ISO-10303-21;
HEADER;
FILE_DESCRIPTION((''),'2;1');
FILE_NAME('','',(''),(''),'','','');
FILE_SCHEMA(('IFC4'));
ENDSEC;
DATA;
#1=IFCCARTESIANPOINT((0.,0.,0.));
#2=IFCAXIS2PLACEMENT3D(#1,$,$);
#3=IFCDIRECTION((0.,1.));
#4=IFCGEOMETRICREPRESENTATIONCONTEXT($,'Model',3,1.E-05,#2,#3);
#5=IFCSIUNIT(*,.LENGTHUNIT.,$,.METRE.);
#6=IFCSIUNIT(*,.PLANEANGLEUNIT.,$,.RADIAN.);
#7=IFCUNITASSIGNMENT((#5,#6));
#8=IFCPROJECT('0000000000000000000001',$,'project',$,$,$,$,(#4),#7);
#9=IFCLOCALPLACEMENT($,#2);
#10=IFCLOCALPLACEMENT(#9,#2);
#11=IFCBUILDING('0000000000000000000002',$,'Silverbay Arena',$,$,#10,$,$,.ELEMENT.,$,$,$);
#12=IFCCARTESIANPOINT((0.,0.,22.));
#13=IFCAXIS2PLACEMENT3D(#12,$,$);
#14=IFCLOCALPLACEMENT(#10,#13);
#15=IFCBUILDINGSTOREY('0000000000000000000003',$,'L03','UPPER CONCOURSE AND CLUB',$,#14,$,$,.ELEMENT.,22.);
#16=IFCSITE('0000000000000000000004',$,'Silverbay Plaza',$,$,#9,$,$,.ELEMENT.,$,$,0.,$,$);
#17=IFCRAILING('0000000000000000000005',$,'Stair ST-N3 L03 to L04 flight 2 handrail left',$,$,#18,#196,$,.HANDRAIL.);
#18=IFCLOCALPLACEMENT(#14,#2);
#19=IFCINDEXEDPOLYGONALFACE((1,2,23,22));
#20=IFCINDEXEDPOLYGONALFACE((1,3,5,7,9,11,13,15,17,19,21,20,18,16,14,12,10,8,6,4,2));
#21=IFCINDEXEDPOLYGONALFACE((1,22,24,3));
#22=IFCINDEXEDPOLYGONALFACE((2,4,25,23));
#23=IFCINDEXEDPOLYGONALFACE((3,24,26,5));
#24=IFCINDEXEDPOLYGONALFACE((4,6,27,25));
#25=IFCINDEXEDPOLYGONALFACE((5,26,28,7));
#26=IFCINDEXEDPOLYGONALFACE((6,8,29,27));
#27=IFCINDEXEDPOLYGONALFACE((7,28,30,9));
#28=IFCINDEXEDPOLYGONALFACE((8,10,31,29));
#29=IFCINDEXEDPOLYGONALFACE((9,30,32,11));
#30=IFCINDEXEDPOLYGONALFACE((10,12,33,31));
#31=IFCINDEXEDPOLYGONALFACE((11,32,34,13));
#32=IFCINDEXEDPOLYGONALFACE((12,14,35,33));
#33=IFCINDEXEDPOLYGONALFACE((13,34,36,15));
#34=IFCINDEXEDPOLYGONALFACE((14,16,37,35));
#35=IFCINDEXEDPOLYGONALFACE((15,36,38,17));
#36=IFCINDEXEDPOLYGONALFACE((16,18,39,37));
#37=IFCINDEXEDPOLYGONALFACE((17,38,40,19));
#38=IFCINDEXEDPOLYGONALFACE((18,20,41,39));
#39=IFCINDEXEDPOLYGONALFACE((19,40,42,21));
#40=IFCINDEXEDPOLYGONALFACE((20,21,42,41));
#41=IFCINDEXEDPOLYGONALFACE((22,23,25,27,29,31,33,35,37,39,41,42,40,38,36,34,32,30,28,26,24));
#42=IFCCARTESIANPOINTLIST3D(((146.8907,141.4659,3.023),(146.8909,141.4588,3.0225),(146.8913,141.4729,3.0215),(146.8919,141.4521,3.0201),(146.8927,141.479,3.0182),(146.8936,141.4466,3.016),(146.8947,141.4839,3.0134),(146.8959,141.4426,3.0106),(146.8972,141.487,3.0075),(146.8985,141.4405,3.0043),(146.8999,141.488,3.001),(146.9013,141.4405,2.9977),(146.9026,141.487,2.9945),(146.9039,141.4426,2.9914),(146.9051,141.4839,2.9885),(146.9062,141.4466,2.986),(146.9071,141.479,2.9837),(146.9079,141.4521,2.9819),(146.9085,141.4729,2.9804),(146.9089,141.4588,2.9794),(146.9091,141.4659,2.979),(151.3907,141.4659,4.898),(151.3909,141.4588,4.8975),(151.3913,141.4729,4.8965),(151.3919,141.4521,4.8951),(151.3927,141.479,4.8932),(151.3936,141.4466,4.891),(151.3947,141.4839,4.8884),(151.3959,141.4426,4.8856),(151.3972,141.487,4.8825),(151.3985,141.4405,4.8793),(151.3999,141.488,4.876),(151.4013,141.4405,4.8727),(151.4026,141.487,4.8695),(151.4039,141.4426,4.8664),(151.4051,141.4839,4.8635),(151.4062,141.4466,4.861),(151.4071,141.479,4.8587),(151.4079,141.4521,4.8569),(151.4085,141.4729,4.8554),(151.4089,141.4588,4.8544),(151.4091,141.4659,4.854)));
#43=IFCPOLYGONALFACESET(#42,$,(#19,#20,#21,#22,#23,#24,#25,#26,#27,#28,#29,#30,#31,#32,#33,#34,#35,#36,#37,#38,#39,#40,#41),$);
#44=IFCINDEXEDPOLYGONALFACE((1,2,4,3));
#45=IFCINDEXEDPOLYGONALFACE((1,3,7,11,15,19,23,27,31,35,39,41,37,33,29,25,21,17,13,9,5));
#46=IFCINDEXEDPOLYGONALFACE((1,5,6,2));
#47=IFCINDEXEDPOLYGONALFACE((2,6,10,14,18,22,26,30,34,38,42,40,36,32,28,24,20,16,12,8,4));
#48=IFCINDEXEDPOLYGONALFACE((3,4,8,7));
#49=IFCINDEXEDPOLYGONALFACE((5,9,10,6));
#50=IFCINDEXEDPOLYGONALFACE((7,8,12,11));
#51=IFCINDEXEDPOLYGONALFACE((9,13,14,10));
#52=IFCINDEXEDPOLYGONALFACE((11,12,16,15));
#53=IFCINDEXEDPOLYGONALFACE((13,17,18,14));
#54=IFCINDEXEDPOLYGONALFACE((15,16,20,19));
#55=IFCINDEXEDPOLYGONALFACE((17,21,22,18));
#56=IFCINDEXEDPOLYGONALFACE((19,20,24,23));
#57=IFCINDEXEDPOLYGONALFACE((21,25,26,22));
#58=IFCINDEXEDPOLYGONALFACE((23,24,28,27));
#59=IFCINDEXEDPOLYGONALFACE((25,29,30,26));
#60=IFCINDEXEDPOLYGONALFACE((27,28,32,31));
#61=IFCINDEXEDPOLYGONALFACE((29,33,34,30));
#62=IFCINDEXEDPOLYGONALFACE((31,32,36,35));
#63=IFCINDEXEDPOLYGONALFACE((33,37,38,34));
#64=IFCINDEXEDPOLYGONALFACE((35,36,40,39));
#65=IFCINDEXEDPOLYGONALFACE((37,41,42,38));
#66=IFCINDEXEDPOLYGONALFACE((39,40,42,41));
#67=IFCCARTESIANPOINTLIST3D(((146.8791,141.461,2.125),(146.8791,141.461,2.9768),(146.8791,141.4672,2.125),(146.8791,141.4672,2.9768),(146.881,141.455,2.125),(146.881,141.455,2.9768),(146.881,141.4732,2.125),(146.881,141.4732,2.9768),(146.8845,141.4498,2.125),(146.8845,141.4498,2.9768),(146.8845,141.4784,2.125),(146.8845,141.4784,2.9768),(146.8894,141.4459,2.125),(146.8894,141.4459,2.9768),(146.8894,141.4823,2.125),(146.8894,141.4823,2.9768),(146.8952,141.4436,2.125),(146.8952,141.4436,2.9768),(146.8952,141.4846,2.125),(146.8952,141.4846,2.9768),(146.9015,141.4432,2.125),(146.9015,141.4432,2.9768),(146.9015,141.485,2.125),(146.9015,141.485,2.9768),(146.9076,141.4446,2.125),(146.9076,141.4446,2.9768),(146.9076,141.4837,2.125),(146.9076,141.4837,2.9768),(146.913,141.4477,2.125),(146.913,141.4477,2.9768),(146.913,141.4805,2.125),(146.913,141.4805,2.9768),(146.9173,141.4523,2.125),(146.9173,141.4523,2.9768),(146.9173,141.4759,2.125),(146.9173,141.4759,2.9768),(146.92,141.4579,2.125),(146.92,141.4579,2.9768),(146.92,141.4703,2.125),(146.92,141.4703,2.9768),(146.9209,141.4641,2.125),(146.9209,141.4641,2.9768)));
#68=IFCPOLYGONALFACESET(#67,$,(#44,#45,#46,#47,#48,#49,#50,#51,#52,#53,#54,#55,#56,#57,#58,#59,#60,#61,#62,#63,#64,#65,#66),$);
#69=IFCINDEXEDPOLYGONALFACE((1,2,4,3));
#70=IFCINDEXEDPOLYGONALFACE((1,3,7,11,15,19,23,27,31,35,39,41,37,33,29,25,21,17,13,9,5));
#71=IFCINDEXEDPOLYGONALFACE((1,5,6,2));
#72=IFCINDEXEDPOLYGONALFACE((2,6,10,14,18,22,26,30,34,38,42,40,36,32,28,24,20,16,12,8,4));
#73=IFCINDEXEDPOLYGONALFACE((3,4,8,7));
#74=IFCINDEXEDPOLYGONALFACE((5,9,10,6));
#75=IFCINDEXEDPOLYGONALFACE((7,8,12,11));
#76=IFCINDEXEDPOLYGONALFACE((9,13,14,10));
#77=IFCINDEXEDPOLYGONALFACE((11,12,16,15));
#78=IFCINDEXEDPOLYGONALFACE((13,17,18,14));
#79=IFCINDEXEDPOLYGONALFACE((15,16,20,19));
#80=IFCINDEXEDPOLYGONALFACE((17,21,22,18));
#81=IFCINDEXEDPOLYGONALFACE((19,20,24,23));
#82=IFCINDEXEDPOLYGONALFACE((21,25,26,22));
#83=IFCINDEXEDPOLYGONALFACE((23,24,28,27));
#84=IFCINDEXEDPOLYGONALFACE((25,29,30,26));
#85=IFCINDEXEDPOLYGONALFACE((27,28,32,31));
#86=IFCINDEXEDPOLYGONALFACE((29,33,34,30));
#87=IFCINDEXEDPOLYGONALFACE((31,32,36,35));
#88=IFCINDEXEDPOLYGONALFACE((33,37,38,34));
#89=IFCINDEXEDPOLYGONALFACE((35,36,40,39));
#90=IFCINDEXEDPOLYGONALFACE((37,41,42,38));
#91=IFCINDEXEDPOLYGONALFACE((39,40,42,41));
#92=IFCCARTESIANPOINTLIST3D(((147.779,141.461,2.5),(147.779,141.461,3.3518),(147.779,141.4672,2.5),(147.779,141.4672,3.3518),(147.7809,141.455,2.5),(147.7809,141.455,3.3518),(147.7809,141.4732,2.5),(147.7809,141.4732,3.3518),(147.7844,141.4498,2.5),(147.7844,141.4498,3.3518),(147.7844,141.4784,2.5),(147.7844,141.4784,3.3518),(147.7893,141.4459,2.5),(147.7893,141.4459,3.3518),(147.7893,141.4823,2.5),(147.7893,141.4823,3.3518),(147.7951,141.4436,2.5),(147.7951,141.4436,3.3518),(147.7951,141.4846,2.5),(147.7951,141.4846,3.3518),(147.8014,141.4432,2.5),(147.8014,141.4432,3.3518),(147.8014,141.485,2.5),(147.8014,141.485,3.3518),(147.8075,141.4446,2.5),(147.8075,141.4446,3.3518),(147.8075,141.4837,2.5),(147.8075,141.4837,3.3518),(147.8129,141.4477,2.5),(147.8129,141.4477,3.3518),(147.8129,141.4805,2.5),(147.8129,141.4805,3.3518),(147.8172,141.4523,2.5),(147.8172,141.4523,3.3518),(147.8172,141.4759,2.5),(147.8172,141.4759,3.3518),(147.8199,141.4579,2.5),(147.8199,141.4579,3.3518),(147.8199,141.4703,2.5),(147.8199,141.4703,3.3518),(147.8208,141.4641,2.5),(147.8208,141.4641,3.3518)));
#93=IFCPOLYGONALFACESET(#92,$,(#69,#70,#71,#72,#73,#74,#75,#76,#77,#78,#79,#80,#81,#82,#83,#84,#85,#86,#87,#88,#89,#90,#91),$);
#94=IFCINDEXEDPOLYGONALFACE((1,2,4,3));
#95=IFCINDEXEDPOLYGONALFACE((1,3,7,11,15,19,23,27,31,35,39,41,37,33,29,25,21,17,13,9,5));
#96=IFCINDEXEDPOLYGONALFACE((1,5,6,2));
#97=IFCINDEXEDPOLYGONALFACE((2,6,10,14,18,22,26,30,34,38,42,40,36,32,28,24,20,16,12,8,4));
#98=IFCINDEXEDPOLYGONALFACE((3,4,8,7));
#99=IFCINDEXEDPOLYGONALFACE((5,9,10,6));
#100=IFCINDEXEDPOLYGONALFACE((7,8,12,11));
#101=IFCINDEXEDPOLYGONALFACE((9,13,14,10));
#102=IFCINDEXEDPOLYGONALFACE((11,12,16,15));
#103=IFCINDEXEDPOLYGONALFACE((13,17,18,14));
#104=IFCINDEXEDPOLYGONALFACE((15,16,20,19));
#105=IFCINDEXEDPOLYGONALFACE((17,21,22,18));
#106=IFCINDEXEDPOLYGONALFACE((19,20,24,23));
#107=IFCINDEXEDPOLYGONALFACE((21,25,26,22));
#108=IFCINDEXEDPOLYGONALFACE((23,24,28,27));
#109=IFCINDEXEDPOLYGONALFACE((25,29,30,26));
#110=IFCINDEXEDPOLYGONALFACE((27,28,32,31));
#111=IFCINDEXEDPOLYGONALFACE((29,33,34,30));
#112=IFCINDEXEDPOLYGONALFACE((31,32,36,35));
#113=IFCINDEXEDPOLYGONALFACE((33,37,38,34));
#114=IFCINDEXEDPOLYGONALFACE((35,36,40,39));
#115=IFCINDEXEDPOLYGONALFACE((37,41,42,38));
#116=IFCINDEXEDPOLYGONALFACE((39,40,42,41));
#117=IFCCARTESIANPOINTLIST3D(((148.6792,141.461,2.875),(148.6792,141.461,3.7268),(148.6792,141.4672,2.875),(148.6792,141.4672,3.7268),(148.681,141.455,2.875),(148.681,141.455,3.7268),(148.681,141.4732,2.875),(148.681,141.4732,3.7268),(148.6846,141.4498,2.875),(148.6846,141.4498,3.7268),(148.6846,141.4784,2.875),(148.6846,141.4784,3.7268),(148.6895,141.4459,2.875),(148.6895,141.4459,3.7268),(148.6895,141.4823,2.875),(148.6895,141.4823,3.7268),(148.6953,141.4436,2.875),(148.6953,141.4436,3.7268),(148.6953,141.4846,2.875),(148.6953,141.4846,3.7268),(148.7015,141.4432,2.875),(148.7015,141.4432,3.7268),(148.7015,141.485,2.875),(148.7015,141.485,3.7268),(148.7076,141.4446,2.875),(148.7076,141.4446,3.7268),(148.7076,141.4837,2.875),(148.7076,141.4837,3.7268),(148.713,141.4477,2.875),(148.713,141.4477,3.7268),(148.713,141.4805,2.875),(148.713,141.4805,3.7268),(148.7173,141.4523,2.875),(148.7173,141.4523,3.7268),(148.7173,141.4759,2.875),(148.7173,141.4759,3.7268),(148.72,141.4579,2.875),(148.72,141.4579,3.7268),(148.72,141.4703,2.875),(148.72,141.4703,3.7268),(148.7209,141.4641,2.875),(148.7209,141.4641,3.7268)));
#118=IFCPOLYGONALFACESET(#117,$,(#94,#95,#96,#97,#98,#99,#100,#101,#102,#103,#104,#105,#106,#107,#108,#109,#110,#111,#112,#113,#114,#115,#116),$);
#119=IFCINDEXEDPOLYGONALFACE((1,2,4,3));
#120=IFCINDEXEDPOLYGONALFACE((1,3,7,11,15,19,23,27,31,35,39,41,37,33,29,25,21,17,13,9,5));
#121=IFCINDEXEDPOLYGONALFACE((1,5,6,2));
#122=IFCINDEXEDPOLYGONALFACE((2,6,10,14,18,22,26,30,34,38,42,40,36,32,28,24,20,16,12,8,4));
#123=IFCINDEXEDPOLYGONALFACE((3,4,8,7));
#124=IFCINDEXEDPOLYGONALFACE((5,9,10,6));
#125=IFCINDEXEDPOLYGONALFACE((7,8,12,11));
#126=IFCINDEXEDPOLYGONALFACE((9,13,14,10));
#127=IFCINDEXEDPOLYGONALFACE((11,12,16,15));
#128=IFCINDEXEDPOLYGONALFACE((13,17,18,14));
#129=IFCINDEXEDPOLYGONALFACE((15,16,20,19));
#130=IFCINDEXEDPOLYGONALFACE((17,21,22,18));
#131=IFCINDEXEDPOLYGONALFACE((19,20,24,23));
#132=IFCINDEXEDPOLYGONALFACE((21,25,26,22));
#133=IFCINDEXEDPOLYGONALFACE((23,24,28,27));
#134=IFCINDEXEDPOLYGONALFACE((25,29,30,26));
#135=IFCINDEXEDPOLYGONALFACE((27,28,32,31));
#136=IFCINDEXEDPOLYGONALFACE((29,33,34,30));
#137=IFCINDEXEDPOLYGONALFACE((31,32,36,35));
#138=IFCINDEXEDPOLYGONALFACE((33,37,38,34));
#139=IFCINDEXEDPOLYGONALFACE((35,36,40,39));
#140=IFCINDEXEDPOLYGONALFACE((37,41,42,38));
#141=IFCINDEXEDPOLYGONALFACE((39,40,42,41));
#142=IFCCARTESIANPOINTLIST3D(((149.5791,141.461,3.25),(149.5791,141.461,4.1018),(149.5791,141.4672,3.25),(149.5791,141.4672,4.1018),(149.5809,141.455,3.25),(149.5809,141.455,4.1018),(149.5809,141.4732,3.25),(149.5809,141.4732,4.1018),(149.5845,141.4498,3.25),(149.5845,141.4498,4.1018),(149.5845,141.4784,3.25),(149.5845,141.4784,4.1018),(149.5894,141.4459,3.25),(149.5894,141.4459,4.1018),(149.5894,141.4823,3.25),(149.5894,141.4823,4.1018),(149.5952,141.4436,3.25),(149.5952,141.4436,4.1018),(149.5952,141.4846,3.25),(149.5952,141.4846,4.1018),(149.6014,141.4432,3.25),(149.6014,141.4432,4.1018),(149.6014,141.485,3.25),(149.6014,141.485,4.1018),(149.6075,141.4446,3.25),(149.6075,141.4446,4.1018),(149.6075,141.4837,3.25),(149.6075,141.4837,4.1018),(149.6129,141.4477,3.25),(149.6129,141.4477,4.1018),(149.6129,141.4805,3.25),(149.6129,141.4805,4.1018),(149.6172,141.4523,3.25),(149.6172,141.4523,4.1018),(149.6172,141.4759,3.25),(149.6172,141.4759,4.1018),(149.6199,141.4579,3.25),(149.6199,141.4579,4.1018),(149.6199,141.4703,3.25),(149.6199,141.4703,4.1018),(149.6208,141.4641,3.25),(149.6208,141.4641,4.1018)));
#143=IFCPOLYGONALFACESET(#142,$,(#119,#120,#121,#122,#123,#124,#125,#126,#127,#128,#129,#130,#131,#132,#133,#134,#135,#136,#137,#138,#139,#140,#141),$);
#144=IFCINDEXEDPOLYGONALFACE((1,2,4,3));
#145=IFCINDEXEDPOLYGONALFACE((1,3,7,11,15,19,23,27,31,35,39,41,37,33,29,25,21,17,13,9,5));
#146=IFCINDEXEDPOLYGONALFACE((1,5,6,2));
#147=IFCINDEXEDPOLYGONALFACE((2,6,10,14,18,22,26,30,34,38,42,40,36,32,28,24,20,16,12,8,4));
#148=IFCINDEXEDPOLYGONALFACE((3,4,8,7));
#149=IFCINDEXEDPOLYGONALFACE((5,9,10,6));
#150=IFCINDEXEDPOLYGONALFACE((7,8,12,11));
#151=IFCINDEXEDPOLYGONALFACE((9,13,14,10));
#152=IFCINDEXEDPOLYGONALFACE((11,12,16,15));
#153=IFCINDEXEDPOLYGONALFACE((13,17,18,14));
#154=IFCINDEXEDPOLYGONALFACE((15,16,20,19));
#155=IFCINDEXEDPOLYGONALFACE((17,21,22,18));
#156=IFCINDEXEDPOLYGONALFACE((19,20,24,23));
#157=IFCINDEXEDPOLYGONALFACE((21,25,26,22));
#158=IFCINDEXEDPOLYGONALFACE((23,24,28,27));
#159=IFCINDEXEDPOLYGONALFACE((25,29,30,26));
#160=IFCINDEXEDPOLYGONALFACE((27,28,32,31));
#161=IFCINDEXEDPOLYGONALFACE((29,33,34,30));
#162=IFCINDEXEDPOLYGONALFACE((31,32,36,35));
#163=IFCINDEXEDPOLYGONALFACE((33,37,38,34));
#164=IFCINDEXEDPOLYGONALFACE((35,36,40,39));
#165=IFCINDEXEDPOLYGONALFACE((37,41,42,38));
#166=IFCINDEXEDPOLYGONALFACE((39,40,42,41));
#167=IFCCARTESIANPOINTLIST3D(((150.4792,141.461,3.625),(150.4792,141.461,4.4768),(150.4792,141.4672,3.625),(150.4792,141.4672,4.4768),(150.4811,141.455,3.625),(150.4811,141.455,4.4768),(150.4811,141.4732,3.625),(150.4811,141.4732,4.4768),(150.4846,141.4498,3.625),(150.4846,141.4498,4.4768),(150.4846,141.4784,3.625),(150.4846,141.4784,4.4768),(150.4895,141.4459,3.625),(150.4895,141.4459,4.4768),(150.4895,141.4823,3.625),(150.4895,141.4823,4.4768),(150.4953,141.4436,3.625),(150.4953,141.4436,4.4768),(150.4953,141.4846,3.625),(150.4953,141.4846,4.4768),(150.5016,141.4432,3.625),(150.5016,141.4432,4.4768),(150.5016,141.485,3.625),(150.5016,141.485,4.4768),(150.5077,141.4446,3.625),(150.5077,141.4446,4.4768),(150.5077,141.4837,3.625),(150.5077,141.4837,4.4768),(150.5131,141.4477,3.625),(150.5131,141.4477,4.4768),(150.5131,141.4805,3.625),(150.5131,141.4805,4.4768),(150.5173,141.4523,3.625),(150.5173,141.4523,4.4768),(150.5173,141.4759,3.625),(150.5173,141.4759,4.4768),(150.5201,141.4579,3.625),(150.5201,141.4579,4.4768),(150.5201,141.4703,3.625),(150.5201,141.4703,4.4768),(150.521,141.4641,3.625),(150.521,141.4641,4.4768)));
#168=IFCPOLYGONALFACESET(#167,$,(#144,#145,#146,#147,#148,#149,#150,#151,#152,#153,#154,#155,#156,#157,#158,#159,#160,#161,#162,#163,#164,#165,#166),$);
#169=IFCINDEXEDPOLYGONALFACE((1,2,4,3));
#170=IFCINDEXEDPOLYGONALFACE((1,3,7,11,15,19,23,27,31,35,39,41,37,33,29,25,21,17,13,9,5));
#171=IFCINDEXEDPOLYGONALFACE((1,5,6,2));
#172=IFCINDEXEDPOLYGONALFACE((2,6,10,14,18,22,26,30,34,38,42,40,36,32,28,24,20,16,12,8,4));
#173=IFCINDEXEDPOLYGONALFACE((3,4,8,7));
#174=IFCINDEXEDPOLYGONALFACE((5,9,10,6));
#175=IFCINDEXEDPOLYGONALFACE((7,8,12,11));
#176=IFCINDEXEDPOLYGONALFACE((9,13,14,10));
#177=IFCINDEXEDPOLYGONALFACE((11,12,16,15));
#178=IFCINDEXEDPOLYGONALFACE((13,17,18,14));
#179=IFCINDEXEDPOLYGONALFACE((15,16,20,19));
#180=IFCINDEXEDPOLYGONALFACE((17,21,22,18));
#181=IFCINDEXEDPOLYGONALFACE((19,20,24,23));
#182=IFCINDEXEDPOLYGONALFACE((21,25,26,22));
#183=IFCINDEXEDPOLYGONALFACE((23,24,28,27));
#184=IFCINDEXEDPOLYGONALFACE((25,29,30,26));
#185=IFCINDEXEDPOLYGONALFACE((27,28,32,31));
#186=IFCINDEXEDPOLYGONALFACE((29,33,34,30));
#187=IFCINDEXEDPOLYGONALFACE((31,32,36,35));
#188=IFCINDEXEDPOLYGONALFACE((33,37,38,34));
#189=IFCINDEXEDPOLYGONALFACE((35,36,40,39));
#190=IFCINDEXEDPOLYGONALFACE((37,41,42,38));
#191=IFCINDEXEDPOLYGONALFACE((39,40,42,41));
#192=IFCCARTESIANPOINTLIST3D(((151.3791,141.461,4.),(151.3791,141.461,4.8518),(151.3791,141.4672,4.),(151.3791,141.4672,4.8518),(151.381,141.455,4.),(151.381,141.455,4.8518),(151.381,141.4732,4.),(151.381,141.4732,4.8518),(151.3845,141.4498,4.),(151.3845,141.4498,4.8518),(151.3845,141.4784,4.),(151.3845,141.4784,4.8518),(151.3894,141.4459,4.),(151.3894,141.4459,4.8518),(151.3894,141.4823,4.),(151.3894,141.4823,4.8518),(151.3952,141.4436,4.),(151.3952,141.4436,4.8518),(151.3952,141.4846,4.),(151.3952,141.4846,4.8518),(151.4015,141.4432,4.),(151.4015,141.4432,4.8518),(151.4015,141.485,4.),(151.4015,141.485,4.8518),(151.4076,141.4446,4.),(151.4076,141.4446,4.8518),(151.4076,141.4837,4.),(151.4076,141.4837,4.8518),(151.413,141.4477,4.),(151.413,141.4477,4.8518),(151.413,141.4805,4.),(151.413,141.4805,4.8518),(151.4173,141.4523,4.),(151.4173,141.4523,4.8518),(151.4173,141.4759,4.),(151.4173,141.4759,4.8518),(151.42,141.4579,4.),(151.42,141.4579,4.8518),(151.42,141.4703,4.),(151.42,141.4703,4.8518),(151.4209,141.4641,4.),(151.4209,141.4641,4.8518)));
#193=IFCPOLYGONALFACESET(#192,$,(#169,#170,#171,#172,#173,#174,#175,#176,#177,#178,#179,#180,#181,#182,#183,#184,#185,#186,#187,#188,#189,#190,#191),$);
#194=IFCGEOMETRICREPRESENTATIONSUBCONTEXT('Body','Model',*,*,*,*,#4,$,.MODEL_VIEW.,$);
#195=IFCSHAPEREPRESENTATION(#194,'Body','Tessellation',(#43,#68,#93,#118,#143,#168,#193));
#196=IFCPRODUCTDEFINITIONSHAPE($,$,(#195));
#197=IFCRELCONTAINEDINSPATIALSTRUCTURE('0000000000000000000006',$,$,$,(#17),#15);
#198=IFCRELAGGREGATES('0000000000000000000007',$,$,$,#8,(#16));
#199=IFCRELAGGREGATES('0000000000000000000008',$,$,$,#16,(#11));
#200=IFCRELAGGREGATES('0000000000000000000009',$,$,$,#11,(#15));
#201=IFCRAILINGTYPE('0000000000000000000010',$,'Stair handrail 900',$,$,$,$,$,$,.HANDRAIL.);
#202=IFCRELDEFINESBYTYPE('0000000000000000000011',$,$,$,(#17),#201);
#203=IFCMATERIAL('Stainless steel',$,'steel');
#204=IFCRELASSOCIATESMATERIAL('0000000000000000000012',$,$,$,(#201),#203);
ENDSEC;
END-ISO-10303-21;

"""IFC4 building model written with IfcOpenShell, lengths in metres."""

from ifc_helpers import new_model, si_unit, direction, frame, origin, origin_2d, place, context, subcontext, project, spatial, circle, extrude, material, type_object, element, save


model = new_model("IFC4")

# Units and contexts
model_context = context("Model", 3, precision=1e-05, world=origin(), true_north=direction((0.0, 1.0)))
body_context = subcontext(model_context, "Body", "Model", "MODEL_VIEW")
ifc_project = project(units=[si_unit("LENGTHUNIT", "METRE"), si_unit("PLANEANGLEUNIT", "RADIAN")], contexts=[model_context])

# Site, building, storey
site_placement = place(None, origin())
site = spatial("IfcSite", under=ifc_project, at=site_placement, Name="Silverbay Plaza", CompositionType="ELEMENT", RefElevation=0.0)
building_placement = place(site_placement, origin())
building = spatial("IfcBuilding", under=site, at=building_placement, Name="Silverbay Arena", CompositionType="ELEMENT")
storey_placement = place(building_placement, frame((0.0, 0.0, 22.0)))
storey = spatial("IfcBuildingStorey", under=building, at=storey_placement, Name="L03", Description="UPPER CONCOURSE AND CLUB", CompositionType="ELEMENT", Elevation=22.0)

# Railing
ifc_material_1 = material(Name="Stainless steel", Category="steel")
railing_type_1 = type_object("IfcRailingType", Name="Stair handrail 900", PredefinedType="HANDRAIL", material=ifc_material_1)
for number, where, name in (
    (1, (146.8999, 141.4641, 2.125), "Stair ST-N3 L03 to L04 flight 2 handrail left"),
):
    element("IfcRailing", number, at=place(storey_placement, frame(where)), inside=storey, type_object=railing_type_1, Name=name, PredefinedType="HANDRAIL", context=body_context, shape_type="SweptSolid", body=[
        extrude(circle(Radius=0.0239, at=origin_2d()), frame((0.0, 0.0, 0.876), z_axis=(0.923077, 0.0, 0.384615), x_axis=(0.0, 1.0, 0.0)), (0.0, 0.0, 1.0), 4.875),
        extrude(circle(Radius=0.021, at=origin_2d()), origin(), (0.0, 0.0, 1.0), 0.8518),
        extrude(circle(Radius=0.021, at=origin_2d()), frame((0.8999, 0.0, 0.375)), (0.0, 0.0, 1.0), 0.8518),
        extrude(circle(Radius=0.021, at=origin_2d()), frame((1.8, 0.0, 0.75)), (0.0, 0.0, 1.0), 0.8518),
        extrude(circle(Radius=0.021, at=origin_2d()), frame((2.7, 0.0, 1.125)), (0.0, 0.0, 1.0), 0.8518),
        extrude(circle(Radius=0.021, at=origin_2d()), frame((3.6001, 0.0, 1.5)), (0.0, 0.0, 1.0), 0.8518),
        extrude(circle(Radius=0.021, at=origin_2d()), frame((4.5, 0.0, 1.875)), (0.0, 0.0, 1.0), 0.8518),
    ])

save(model, "model.ifc")
